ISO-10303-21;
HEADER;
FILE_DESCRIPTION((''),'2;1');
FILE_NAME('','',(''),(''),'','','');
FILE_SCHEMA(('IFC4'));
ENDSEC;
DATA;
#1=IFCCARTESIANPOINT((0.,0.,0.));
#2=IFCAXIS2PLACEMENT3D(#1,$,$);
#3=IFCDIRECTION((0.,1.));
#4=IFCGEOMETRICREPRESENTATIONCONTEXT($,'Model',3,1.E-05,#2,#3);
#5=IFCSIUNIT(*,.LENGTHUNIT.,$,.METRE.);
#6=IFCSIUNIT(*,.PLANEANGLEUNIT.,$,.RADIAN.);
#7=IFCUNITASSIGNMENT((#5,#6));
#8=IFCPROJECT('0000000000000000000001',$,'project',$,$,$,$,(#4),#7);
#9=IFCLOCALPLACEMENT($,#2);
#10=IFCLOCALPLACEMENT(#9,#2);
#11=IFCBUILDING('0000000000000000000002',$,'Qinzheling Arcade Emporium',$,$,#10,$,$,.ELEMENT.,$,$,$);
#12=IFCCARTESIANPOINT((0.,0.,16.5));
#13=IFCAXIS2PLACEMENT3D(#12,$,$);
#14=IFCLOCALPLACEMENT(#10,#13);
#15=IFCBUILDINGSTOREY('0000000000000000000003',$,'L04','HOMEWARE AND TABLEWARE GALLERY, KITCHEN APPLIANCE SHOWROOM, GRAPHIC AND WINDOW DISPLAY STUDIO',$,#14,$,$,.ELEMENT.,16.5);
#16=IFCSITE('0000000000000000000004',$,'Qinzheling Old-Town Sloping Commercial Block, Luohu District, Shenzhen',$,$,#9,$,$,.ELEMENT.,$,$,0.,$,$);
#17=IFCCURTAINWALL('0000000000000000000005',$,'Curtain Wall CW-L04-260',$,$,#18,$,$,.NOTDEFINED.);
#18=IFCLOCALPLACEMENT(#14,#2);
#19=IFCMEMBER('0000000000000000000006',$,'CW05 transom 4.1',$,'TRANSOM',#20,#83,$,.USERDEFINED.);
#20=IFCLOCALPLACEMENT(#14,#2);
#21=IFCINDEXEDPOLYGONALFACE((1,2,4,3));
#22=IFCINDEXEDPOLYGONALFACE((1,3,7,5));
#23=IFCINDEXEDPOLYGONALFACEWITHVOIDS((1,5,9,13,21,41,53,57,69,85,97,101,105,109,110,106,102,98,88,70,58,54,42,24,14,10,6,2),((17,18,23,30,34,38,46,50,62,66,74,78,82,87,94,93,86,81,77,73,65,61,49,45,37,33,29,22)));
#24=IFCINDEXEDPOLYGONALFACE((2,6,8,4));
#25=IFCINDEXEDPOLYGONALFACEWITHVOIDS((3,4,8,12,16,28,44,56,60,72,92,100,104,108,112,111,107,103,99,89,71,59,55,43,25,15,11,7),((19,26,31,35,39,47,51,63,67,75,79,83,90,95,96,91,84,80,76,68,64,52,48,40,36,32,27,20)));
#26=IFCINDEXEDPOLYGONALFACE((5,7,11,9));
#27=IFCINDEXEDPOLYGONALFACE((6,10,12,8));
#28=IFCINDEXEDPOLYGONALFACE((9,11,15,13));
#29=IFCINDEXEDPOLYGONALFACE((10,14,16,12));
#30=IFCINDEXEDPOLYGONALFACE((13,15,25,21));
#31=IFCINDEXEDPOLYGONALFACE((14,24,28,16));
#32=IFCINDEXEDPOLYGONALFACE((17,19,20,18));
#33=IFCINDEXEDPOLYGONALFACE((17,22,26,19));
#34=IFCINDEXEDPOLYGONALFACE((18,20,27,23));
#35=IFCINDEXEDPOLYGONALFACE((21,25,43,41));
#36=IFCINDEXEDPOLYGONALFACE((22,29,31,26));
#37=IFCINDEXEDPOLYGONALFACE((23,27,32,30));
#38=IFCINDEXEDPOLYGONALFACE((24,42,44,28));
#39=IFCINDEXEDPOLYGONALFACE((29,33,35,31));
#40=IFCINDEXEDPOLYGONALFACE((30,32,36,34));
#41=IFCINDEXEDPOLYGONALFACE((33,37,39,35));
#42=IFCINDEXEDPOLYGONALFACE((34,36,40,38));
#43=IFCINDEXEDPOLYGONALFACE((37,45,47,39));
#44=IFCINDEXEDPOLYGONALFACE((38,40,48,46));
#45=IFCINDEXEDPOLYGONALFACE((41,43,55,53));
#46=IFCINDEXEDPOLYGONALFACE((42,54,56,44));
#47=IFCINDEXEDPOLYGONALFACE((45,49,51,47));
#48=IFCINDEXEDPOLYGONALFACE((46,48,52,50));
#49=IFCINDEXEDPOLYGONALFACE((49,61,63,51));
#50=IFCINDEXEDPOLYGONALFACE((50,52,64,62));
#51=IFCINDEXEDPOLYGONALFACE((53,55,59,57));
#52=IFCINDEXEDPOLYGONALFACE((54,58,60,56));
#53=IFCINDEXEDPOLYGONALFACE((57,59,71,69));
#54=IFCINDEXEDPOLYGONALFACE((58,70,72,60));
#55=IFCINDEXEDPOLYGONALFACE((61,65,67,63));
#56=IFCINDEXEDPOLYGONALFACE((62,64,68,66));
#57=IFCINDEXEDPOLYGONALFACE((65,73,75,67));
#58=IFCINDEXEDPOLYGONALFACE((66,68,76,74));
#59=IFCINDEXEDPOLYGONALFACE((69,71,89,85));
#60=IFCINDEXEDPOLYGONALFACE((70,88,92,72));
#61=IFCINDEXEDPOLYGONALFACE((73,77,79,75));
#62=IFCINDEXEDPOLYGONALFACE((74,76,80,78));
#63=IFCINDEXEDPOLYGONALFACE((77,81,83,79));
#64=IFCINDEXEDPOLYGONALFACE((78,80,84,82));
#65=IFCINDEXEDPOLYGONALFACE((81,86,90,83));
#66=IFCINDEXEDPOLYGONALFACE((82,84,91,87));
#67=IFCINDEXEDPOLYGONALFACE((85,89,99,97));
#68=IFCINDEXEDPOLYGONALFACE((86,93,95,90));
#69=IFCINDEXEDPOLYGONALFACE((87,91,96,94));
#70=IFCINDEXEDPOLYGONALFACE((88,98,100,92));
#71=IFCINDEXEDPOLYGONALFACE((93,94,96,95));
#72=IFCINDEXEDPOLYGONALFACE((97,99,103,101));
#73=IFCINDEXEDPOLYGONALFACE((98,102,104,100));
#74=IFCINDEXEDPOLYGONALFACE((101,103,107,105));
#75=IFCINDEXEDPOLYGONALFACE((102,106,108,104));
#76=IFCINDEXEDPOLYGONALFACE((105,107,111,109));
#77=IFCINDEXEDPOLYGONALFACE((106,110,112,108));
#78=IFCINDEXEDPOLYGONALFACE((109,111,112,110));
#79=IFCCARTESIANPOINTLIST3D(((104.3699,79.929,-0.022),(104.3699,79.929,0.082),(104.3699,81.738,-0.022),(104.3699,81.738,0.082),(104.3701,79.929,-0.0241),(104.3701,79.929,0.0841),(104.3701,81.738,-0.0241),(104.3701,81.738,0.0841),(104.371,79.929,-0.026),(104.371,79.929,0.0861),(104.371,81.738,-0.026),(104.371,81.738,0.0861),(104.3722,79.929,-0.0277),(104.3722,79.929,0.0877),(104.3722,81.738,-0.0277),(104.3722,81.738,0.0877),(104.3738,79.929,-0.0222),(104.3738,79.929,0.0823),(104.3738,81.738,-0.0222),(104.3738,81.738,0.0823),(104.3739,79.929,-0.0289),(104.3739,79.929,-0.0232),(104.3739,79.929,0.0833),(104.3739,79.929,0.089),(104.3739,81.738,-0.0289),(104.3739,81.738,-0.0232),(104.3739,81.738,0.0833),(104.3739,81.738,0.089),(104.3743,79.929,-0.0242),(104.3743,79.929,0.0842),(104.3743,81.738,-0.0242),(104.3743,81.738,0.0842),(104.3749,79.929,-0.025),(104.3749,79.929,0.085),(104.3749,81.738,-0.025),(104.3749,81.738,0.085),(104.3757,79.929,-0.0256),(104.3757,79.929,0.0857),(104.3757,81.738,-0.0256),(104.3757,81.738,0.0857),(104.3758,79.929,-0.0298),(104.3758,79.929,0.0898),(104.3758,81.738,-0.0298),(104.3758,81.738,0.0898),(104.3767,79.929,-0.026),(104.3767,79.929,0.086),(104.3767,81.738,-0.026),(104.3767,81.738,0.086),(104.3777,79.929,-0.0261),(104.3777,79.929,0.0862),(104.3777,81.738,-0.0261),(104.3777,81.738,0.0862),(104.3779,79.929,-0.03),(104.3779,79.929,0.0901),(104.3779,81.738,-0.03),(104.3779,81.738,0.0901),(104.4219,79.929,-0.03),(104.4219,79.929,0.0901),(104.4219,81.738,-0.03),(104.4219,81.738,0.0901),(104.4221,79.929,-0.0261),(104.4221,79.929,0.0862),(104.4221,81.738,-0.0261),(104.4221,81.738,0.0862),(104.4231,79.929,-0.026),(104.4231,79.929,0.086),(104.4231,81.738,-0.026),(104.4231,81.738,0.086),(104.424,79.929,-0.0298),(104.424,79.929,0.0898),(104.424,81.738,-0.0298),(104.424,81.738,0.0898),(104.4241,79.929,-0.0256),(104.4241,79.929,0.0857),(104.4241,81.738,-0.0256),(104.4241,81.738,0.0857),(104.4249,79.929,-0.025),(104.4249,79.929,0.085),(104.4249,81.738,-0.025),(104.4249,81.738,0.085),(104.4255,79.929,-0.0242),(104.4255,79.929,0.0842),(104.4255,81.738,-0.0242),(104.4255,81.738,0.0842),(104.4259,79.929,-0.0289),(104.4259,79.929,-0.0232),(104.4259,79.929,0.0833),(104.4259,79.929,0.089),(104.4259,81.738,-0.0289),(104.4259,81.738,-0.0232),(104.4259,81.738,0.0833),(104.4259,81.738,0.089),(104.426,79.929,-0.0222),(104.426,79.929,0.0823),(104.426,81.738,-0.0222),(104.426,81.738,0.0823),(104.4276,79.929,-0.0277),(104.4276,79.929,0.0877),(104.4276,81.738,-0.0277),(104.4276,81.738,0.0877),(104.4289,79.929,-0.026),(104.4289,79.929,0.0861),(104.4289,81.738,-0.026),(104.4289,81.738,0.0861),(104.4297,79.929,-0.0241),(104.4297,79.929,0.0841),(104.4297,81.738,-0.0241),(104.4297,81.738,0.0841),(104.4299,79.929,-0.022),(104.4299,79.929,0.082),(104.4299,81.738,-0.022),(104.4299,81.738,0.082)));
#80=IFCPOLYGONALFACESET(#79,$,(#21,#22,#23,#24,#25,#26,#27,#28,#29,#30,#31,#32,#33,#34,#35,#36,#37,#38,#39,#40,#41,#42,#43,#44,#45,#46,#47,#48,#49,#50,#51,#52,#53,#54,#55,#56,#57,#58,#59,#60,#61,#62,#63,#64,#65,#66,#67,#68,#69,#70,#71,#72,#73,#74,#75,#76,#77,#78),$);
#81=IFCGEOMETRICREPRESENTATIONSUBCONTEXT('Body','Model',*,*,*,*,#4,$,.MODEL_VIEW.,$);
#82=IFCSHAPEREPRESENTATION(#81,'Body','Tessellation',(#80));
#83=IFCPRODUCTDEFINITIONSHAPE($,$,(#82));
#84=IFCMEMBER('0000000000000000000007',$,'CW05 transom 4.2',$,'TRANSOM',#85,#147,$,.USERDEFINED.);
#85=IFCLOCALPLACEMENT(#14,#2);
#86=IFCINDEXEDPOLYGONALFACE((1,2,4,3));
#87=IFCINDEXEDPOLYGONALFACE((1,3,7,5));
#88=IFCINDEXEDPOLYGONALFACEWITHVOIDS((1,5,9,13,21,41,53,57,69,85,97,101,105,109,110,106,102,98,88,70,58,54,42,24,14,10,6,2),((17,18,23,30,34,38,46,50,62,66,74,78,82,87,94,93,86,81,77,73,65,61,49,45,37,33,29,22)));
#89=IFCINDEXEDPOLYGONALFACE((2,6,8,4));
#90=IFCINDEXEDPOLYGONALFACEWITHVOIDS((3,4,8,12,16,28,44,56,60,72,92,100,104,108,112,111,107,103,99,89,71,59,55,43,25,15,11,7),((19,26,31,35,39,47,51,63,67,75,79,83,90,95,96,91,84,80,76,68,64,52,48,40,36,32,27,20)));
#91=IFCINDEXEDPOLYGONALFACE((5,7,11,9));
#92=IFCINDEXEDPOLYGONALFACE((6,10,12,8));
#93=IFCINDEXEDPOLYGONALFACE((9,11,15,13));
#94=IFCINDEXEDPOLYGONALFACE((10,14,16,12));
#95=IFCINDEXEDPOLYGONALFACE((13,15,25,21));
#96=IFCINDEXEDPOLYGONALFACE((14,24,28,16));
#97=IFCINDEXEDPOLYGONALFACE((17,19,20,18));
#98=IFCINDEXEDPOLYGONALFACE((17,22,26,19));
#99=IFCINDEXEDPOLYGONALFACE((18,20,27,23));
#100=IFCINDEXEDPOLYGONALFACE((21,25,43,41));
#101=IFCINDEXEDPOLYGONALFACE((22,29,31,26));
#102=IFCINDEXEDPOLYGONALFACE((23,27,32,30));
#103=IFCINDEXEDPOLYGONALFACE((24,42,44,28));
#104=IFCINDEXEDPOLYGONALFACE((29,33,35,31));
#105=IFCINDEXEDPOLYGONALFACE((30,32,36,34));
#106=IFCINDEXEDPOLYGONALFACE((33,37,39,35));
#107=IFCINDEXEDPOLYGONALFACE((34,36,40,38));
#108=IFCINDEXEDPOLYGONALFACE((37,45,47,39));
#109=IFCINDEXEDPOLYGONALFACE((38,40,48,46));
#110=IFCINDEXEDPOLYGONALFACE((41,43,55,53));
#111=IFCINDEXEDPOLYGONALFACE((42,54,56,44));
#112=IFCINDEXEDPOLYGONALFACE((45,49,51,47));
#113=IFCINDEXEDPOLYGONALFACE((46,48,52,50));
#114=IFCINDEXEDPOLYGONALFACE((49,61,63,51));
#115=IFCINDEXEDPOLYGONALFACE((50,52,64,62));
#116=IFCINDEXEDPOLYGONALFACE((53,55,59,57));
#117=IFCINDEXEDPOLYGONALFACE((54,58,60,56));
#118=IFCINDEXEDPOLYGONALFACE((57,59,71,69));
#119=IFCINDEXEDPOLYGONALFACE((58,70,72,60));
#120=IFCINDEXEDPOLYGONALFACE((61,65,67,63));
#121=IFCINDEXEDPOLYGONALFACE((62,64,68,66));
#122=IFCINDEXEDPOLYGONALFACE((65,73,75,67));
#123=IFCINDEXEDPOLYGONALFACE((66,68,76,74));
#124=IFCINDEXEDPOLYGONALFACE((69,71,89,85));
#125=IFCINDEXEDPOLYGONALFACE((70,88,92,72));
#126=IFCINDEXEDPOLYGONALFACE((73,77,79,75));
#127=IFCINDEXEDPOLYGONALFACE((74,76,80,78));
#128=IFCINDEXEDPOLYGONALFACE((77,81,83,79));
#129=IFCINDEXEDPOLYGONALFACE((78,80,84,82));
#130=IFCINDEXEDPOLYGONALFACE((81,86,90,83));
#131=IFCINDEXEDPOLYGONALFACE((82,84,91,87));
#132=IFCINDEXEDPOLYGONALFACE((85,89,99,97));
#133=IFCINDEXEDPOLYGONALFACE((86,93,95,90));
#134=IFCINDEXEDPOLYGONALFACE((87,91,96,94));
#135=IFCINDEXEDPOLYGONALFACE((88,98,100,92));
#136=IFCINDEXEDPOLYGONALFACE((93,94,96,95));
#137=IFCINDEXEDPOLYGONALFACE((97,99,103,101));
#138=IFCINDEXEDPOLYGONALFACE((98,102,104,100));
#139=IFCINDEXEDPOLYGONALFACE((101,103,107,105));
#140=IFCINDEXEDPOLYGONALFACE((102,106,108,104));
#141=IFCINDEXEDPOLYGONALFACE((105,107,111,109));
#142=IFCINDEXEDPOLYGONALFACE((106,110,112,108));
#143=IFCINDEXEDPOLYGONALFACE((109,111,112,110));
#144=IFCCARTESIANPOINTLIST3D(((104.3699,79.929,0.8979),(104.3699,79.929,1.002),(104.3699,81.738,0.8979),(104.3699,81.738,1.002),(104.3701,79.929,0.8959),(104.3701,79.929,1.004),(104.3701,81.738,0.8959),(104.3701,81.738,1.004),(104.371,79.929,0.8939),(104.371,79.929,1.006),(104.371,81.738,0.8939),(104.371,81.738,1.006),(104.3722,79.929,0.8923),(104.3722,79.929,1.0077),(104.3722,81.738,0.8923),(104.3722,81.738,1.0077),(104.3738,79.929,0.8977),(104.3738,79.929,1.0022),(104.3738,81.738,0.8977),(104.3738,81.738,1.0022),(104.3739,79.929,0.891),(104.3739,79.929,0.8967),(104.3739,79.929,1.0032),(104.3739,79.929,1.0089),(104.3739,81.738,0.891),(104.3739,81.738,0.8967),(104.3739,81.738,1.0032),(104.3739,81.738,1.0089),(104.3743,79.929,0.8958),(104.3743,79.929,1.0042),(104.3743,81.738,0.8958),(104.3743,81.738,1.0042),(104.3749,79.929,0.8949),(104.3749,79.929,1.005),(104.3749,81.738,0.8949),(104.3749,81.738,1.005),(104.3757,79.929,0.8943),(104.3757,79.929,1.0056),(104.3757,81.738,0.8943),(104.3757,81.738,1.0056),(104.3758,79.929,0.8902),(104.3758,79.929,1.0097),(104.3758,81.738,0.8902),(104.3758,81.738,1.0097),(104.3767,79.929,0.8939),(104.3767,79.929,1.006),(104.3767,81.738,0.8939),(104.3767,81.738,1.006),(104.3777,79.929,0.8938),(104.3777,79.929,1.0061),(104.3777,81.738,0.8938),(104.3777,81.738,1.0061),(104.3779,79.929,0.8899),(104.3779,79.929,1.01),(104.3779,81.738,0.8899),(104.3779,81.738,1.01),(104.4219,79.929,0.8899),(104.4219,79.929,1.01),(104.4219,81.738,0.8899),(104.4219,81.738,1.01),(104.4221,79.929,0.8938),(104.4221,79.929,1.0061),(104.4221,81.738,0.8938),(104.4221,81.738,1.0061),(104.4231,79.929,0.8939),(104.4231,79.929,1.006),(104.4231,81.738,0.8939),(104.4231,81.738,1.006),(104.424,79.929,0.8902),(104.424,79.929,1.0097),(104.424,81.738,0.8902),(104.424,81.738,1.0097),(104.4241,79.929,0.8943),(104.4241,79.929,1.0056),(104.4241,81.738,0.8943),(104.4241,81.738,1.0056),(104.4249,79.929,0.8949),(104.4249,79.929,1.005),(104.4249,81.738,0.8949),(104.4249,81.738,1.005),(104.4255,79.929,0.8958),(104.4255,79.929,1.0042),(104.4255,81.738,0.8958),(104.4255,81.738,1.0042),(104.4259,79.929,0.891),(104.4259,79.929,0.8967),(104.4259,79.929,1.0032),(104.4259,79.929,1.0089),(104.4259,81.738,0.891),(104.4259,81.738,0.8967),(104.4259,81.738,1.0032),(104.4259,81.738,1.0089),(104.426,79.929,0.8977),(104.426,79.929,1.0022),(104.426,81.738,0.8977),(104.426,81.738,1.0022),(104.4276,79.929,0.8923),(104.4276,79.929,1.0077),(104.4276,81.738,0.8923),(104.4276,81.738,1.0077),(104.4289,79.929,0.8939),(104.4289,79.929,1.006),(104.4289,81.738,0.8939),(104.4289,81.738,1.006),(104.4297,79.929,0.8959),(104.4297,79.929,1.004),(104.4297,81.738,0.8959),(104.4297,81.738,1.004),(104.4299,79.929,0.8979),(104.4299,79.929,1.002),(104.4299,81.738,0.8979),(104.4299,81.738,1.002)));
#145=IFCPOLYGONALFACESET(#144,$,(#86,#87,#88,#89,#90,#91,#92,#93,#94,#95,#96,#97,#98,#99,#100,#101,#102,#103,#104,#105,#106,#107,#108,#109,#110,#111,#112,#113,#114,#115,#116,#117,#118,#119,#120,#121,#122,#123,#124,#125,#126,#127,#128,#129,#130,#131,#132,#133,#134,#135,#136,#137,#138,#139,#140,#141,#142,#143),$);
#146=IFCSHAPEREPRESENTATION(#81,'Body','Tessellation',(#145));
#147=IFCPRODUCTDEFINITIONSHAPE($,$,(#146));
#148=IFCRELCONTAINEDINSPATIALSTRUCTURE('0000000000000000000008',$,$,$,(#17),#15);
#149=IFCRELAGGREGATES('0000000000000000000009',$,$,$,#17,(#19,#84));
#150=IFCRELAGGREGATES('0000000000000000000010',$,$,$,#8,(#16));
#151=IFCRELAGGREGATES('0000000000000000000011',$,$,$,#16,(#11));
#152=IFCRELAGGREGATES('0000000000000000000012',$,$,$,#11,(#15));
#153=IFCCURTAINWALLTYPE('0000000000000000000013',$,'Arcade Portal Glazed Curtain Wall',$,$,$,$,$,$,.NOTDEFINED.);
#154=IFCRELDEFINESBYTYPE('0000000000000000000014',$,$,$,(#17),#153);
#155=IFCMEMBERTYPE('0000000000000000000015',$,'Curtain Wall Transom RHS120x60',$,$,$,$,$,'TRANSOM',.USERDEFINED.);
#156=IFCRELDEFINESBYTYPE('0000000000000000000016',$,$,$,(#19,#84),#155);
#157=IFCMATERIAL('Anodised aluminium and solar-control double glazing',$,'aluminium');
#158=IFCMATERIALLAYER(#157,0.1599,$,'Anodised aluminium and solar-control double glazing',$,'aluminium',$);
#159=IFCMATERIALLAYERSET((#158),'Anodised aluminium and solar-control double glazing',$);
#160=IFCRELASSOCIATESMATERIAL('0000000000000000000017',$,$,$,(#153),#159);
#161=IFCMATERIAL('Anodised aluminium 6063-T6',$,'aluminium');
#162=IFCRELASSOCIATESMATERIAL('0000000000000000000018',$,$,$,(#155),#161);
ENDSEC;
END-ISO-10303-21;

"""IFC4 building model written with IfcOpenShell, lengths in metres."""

from ifc_helpers import new_model, si_unit, direction, frame, origin, origin_2d, place, context, subcontext, project, spatial, hollow_rectangle, extrude, material, layer, layer_set, material_profile, profile_set, type_object, element, aggregate, save


model = new_model("IFC4")

# Units and contexts
model_context = context("Model", 3, precision=1e-05, world=origin(), true_north=direction((0.0, 1.0)))
body_context = subcontext(model_context, "Body", "Model", "MODEL_VIEW")
ifc_project = project(units=[si_unit("LENGTHUNIT", "METRE"), si_unit("PLANEANGLEUNIT", "RADIAN")], contexts=[model_context])

# Site, building, storey
site_placement = place(None, origin())
site = spatial("IfcSite", under=ifc_project, at=site_placement, Name="Qinzheling Old-Town Sloping Commercial Block, Luohu District, Shenzhen", CompositionType="ELEMENT", RefElevation=0.0)
building_placement = place(site_placement, origin())
building = spatial("IfcBuilding", under=site, at=building_placement, Name="Qinzheling Arcade Emporium", CompositionType="ELEMENT")
storey_placement = place(building_placement, frame((0.0, 0.0, 16.5)))
storey = spatial("IfcBuildingStorey", under=building, at=storey_placement, Name="L04", Description="HOMEWARE AND TABLEWARE GALLERY, KITCHEN APPLIANCE SHOWROOM, GRAPHIC AND WINDOW DISPLAY STUDIO", CompositionType="ELEMENT", Elevation=16.5)

# Curtain wall
ifc_material_1 = material(Name="Anodised aluminium and solar-control double glazing", Category="aluminium")
ifc_layer_1 = layer(ifc_material_1, 0.1599, Name="Anodised aluminium and solar-control double glazing", Category="aluminium")
ifc_layer_set_1 = layer_set([ifc_layer_1], Name="Anodised aluminium and solar-control double glazing")
curtain_wall_type = type_object("IfcCurtainWallType", Name="Arcade Portal Glazed Curtain Wall", PredefinedType="NOTDEFINED", material=ifc_layer_set_1)
curtain_wall_1_placement = place(storey_placement, origin())
curtain_wall_1 = element("IfcCurtainWall", 1, at=curtain_wall_1_placement, inside=storey, type_object=curtain_wall_type, Name="Curtain Wall CW-L04-260", PredefinedType="NOTDEFINED")
ifc_material_2 = material(Name="Anodised aluminium 6063-T6", Category="aluminium")

# Members
ifc_material_profile_1 = material_profile(ifc_material_2, hollow_rectangle(XDim=0.0601, YDim=0.1201, WallThickness=0.0039, InnerFilletRadius=0.0039, OuterFilletRadius=0.0081, at=origin_2d()), Name="RHS 120x60x4", Category="aluminium")
ifc_profile_set_1 = profile_set([ifc_material_profile_1], Name="Anodised aluminium 6063-T6")
member_type_1 = type_object("IfcMemberType", Name="Curtain Wall Transom RHS120x60", ElementType="TRANSOM", PredefinedType="USERDEFINED", material=ifc_profile_set_1)
member_1_placement = place(storey_placement, frame((104.3999, 79.929, 0.03), z_axis=(0.0, 1.0, 0.0), x_axis=(-1.0, 0.0, 0.0)))
member_1 = element("IfcMember", 2, at=member_1_placement, type_object=member_type_1, Name="CW05 transom 4.1", ObjectType="TRANSOM", PredefinedType="USERDEFINED", context=body_context, shape_type="SweptSolid", body=[
    extrude(hollow_rectangle(XDim=0.0601, YDim=0.1201, WallThickness=0.0039, InnerFilletRadius=0.0039, OuterFilletRadius=0.0081, at=origin_2d()), origin(), (0.0, 0.0, 1.0), 1.8091),
])
member_2_placement = place(storey_placement, frame((104.3999, 79.929, 0.95), z_axis=(0.0, 1.0, 0.0), x_axis=(-1.0, 0.0, 0.0)))
member_2 = element("IfcMember", 3, at=member_2_placement, type_object=member_type_1, Name="CW05 transom 4.2", ObjectType="TRANSOM", PredefinedType="USERDEFINED", context=body_context, shape_type="SweptSolid", body=[
    extrude(hollow_rectangle(XDim=0.0601, YDim=0.1201, WallThickness=0.0039, InnerFilletRadius=0.0039, OuterFilletRadius=0.0081, at=origin_2d()), origin(), (0.0, 0.0, 1.0), 1.8091),
])

aggregate(curtain_wall_1, [member_1, member_2])

save(model, "model.ifc")
